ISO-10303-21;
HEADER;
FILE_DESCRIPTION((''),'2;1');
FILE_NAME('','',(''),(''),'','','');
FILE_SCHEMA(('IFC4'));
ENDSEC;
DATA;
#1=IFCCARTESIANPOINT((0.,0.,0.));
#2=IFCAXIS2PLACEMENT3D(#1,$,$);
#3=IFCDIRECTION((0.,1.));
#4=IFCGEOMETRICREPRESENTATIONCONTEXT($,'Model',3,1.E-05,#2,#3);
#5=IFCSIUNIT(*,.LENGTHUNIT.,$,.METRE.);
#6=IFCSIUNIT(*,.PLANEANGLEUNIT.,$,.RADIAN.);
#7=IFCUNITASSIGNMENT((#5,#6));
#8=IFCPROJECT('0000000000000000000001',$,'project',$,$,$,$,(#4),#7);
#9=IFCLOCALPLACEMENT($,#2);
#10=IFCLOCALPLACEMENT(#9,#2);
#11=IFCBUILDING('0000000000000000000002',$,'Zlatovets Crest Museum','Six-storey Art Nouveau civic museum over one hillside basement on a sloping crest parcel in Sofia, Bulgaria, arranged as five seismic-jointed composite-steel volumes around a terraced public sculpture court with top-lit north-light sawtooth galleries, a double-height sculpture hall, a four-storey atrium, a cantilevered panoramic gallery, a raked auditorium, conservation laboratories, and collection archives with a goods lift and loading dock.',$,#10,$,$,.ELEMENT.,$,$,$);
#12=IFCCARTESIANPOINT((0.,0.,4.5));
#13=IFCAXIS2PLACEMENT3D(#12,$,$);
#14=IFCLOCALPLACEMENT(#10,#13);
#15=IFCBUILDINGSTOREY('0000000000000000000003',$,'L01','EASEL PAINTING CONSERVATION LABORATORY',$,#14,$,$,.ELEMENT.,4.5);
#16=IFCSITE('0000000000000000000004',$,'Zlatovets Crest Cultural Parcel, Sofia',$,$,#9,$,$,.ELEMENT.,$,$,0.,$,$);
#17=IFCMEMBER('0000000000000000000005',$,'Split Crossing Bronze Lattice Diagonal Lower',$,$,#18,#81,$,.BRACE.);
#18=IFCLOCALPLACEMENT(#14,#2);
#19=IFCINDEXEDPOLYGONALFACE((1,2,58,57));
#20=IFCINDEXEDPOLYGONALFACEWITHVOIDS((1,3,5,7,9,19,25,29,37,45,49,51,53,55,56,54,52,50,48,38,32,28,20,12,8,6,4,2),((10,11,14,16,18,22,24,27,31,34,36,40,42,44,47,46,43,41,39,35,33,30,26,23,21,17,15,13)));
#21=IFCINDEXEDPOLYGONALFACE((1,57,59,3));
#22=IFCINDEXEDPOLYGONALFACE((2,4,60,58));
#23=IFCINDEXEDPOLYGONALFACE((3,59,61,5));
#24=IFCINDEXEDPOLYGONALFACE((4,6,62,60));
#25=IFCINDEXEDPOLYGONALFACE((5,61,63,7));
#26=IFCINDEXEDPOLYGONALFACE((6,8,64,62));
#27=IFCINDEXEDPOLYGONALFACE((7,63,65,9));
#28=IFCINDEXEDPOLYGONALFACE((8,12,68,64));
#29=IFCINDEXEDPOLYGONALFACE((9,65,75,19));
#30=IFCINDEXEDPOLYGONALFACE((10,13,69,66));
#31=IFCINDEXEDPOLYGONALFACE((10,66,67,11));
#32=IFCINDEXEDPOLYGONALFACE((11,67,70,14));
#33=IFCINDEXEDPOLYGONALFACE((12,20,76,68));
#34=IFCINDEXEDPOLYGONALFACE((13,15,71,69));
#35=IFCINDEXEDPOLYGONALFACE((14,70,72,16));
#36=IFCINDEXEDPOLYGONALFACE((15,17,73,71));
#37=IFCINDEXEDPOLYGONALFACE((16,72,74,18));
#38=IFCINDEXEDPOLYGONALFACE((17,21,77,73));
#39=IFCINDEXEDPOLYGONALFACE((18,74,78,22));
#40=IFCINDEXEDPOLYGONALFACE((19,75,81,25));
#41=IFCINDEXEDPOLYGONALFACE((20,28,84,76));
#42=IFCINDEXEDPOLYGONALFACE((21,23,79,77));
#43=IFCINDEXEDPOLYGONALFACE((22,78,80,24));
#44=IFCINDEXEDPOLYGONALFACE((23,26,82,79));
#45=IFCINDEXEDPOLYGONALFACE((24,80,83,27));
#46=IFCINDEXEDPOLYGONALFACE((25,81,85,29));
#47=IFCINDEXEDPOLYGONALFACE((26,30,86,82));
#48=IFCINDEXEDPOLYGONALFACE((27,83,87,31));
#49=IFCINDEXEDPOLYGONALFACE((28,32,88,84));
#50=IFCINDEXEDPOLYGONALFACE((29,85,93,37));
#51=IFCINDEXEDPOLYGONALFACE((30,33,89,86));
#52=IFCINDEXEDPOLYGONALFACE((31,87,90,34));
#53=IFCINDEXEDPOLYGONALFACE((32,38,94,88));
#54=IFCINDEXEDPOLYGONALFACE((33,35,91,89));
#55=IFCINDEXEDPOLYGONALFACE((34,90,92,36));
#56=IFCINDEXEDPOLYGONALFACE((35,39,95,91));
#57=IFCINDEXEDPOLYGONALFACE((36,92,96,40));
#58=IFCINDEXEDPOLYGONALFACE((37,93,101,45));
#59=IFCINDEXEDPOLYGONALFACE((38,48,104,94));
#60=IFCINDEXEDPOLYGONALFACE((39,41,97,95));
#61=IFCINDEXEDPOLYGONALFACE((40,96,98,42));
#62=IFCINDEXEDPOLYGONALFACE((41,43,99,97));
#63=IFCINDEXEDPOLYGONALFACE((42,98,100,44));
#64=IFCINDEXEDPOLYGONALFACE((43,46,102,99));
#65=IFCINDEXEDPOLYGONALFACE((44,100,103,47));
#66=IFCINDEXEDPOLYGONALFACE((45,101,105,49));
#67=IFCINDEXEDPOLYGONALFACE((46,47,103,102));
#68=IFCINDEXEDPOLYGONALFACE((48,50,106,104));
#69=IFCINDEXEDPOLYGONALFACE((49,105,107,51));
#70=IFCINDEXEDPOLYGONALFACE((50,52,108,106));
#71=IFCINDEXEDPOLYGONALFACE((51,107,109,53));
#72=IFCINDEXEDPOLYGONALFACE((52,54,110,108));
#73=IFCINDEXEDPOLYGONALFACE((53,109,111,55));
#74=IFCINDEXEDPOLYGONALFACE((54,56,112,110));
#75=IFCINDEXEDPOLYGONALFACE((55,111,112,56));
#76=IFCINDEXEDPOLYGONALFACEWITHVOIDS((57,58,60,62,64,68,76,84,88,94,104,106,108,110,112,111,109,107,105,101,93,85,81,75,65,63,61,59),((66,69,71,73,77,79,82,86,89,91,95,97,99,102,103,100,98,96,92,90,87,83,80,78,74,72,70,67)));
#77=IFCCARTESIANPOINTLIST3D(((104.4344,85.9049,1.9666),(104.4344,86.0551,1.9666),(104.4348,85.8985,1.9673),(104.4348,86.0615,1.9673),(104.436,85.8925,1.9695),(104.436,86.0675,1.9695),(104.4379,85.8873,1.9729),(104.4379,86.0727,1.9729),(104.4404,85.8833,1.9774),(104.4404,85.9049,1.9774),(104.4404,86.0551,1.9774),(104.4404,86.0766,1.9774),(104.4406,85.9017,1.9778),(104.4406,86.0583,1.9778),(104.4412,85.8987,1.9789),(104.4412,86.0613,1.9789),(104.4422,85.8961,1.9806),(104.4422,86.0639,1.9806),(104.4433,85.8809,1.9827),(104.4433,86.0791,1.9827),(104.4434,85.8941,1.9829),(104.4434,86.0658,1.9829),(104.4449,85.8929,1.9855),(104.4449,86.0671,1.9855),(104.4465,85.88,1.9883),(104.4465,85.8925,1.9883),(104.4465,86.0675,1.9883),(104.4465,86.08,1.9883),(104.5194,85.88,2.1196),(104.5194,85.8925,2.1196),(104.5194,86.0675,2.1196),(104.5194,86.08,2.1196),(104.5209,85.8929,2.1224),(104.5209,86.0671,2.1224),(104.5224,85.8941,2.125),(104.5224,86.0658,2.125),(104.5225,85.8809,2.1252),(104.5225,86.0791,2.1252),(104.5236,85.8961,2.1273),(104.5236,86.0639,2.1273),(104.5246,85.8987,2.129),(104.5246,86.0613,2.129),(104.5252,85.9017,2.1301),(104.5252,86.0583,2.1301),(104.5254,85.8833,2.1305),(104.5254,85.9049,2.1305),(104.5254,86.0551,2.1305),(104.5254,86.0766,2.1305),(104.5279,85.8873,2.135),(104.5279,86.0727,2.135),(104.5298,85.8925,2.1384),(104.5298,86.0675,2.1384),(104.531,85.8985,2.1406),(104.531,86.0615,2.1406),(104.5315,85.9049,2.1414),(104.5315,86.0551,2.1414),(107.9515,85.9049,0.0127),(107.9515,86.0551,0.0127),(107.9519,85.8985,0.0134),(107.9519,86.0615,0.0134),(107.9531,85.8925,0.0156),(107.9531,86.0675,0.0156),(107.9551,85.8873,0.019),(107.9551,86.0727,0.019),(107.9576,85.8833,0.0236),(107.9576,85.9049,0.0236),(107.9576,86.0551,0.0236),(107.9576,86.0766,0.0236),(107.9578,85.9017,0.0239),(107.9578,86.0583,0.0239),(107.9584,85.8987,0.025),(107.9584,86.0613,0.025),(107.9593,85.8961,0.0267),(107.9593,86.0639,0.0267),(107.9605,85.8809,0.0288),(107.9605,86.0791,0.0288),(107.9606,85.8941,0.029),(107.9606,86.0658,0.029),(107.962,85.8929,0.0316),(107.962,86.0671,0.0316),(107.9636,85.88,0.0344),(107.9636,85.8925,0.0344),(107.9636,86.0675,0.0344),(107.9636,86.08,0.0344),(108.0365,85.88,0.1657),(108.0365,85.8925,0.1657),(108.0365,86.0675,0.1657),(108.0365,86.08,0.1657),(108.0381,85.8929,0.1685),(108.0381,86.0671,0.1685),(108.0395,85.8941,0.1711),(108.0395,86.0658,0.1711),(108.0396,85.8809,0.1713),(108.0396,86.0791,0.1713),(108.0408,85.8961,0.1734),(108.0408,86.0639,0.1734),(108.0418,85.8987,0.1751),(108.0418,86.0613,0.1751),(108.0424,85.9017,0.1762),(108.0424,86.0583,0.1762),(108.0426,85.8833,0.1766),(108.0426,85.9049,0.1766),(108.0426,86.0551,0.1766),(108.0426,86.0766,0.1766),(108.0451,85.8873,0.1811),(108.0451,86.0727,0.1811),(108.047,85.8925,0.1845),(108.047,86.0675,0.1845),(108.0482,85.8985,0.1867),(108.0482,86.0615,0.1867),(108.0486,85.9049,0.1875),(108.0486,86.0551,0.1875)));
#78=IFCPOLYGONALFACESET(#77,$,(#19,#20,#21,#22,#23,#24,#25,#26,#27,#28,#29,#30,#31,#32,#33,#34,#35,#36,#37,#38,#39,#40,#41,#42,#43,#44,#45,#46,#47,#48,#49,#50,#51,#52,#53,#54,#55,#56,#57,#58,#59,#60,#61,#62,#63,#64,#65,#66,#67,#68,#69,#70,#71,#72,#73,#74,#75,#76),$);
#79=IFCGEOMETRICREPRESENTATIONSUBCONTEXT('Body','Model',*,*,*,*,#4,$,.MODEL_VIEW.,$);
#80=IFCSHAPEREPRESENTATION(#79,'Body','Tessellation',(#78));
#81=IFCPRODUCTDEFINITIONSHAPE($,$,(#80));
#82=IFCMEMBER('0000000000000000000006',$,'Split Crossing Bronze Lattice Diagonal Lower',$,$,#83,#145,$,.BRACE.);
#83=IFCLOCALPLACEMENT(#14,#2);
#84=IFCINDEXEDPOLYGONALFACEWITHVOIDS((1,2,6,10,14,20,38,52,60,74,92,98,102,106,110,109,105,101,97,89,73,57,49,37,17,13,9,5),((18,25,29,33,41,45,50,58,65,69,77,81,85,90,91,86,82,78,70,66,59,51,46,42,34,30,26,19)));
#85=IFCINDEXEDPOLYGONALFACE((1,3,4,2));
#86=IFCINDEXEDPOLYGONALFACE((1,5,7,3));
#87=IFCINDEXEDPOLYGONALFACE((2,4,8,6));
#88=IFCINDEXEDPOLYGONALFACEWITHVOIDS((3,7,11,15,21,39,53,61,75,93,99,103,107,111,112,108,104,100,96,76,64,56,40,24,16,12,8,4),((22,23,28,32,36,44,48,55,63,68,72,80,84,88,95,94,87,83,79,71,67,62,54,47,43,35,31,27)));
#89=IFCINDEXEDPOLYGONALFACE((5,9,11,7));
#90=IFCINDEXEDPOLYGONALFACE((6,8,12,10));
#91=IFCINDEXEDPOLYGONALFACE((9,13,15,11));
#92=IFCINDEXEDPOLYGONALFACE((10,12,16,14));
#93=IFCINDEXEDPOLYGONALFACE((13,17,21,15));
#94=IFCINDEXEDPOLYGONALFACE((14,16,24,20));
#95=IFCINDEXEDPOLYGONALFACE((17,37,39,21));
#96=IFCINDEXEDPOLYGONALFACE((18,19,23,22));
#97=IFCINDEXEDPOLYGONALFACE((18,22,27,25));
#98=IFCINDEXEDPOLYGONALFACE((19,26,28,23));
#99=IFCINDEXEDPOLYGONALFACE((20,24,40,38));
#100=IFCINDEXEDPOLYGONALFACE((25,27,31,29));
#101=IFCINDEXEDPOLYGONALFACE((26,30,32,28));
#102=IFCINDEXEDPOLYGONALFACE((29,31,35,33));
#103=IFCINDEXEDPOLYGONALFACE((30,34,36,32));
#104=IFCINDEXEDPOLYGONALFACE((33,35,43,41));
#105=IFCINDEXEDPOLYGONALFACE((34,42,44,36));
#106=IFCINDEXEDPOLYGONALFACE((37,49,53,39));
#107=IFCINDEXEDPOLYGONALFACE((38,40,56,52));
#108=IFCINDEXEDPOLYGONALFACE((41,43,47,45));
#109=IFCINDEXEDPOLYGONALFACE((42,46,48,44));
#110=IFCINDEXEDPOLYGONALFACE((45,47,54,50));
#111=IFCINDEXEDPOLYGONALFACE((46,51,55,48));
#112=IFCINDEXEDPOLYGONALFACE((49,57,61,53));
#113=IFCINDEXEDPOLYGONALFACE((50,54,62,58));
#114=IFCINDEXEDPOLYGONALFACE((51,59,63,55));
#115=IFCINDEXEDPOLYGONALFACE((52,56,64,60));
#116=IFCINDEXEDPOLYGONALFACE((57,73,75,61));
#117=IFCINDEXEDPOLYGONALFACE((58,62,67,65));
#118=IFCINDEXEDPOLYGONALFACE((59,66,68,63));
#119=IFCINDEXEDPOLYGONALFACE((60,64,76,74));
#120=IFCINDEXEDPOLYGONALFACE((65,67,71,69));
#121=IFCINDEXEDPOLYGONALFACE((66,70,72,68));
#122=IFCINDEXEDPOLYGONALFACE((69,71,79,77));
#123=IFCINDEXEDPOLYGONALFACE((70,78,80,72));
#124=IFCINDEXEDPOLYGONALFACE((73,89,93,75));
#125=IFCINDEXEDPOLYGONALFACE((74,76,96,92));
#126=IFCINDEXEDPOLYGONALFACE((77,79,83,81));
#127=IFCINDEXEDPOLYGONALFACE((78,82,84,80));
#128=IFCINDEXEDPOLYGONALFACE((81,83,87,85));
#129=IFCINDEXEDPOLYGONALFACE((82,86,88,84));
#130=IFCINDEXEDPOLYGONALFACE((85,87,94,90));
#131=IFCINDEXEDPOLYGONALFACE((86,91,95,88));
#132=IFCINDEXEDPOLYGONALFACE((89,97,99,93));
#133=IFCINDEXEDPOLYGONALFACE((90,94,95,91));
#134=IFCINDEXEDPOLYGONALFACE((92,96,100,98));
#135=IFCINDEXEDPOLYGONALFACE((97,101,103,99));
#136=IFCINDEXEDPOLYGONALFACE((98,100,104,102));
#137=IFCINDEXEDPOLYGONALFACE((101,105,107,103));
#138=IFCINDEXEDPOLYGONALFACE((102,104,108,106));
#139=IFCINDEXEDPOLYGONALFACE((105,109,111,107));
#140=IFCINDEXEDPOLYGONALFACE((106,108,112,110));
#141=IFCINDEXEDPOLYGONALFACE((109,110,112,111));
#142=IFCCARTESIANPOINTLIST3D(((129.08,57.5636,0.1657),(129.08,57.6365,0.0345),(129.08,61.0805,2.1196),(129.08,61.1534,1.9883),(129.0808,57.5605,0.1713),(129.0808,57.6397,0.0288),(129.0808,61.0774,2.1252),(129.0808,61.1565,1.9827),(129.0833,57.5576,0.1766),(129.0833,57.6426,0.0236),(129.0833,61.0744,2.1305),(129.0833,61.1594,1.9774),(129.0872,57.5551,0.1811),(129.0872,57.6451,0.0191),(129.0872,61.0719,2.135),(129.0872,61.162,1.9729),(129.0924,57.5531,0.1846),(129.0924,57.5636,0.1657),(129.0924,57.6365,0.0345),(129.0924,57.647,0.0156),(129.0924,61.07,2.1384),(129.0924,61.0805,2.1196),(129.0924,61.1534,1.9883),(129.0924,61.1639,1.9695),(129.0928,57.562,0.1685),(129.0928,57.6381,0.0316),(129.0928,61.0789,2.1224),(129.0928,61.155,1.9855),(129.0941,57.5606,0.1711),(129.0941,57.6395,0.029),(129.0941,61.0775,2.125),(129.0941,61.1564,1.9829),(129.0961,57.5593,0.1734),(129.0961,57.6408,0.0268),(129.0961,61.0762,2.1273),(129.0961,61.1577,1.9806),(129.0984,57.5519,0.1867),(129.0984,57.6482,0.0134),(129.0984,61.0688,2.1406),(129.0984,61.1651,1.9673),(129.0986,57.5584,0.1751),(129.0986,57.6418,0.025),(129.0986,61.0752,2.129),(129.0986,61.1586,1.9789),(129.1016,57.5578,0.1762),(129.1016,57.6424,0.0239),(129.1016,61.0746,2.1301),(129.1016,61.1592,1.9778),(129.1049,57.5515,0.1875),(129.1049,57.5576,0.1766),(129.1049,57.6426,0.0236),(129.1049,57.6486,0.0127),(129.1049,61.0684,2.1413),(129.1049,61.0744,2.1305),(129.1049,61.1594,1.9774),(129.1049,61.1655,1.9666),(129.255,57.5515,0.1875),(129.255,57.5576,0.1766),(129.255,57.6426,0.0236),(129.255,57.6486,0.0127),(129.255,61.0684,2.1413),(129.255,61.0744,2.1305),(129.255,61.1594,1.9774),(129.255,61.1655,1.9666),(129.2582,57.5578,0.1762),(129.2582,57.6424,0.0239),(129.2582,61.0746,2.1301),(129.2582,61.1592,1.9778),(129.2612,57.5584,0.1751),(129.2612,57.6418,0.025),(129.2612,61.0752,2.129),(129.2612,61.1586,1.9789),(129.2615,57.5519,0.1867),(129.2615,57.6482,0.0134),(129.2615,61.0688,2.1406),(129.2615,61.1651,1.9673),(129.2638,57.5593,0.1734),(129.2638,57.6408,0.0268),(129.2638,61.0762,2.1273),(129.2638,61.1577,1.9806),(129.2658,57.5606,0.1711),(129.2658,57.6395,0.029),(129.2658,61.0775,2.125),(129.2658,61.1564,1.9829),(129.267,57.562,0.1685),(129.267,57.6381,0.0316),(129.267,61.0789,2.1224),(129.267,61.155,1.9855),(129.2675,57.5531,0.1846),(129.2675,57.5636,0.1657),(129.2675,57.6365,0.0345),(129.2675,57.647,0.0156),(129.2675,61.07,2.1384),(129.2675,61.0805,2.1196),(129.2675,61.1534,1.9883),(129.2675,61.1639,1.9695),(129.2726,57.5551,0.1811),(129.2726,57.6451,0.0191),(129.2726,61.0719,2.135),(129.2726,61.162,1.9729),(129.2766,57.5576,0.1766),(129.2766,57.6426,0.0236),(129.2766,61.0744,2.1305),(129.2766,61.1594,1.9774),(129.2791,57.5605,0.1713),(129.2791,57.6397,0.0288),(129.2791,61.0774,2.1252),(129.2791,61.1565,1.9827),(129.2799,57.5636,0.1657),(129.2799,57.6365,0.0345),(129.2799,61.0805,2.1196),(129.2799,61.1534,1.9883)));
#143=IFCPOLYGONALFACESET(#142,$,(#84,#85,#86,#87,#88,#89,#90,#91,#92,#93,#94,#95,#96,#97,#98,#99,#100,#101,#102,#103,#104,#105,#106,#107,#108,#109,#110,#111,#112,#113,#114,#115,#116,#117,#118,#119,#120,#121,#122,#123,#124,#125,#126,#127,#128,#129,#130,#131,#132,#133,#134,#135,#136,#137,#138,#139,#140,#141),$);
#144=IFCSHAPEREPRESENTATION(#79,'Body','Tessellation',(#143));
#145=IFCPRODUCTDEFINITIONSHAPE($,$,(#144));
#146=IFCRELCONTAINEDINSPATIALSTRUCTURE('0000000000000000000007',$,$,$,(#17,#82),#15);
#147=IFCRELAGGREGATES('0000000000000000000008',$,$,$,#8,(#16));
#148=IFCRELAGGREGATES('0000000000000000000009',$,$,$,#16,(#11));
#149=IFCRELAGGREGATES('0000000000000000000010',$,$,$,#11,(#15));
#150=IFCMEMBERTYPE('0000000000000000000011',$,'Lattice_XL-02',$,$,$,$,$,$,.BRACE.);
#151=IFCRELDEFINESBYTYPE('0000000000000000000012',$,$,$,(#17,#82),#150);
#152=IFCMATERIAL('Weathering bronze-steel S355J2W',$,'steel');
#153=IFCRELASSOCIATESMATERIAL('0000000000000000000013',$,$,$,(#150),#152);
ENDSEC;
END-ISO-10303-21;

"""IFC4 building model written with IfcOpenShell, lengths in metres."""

from ifc_helpers import new_model, si_unit, direction, frame, origin, origin_2d, place, context, subcontext, project, spatial, hollow_rectangle, extrude, material, material_profile, profile_set, type_object, element, save


model = new_model("IFC4")

# Units and contexts
model_context = context("Model", 3, precision=1e-05, world=origin(), true_north=direction((0.0, 1.0)))
body_context = subcontext(model_context, "Body", "Model", "MODEL_VIEW")
ifc_project = project(units=[si_unit("LENGTHUNIT", "METRE"), si_unit("PLANEANGLEUNIT", "RADIAN")], contexts=[model_context])

# Site, building, storey
site_placement = place(None, origin())
site = spatial("IfcSite", under=ifc_project, at=site_placement, Name="Zlatovets Crest Cultural Parcel, Sofia", CompositionType="ELEMENT", RefElevation=0.0)
building_placement = place(site_placement, origin())
building = spatial("IfcBuilding", under=site, at=building_placement, Name="Zlatovets Crest Museum", Description="Six-storey Art Nouveau civic museum over one hillside basement on a sloping crest parcel in Sofia, Bulgaria, arranged as five seismic-jointed composite-steel volumes around a terraced public sculpture court with top-lit north-light sawtooth galleries, a double-height sculpture hall, a four-storey atrium, a cantilevered panoramic gallery, a raked auditorium, conservation laboratories, and collection archives with a goods lift and loading dock.", CompositionType="ELEMENT")
storey_placement = place(building_placement, frame((0.0, 0.0, 4.5)))
storey = spatial("IfcBuildingStorey", under=building, at=storey_placement, Name="L01", Description="EASEL PAINTING CONSERVATION LABORATORY", CompositionType="ELEMENT", Elevation=4.5)

# Members
ifc_material_1 = material(Name="Weathering bronze-steel S355J2W", Category="steel")
ifc_material_profile_1 = material_profile(ifc_material_1, hollow_rectangle(XDim=0.2, YDim=0.2, WallThickness=0.0125, InnerFilletRadius=0.0125, OuterFilletRadius=0.0249, at=origin_2d()), Name="SHS 200x200x12.5")
ifc_profile_set_1 = profile_set([ifc_material_profile_1], Name="Weathering bronze-steel S355J2W")
member_type_1 = type_object("IfcMemberType", Name="Lattice_XL-02", PredefinedType="BRACE", material=ifc_profile_set_1)
member_1_placement = place(storey_placement, frame((104.4829, 85.98, 2.054), z_axis=(0.874166, 0.0, -0.485627), x_axis=(0.0, 1.0, 0.0)))
element("IfcMember", 1, at=member_1_placement, inside=storey, type_object=member_type_1, Name="Split Crossing Bronze Lattice Diagonal Lower", PredefinedType="BRACE", context=body_context, shape_type="SweptSolid", body=[
    extrude(hollow_rectangle(XDim=0.2, YDim=0.2, WallThickness=0.0125, InnerFilletRadius=0.0125, OuterFilletRadius=0.0249, at=origin_2d()), origin(), (0.0, 0.0, 1.0), 4.0234),
])
member_2_placement = place(storey_placement, frame((129.1799, 61.1169, 2.054), z_axis=(0.0, -0.874152, -0.485653), x_axis=(1.0, 0.0, 0.0)))
element("IfcMember", 2, at=member_2_placement, inside=storey, type_object=member_type_1, Name="Split Crossing Bronze Lattice Diagonal Lower", PredefinedType="BRACE", context=body_context, shape_type="SweptSolid", body=[
    extrude(hollow_rectangle(XDim=0.2, YDim=0.2, WallThickness=0.0125, InnerFilletRadius=0.0125, OuterFilletRadius=0.0249, at=origin_2d()), origin(), (0.0, 0.0, 1.0), 4.0232),
])

save(model, "model.ifc")
